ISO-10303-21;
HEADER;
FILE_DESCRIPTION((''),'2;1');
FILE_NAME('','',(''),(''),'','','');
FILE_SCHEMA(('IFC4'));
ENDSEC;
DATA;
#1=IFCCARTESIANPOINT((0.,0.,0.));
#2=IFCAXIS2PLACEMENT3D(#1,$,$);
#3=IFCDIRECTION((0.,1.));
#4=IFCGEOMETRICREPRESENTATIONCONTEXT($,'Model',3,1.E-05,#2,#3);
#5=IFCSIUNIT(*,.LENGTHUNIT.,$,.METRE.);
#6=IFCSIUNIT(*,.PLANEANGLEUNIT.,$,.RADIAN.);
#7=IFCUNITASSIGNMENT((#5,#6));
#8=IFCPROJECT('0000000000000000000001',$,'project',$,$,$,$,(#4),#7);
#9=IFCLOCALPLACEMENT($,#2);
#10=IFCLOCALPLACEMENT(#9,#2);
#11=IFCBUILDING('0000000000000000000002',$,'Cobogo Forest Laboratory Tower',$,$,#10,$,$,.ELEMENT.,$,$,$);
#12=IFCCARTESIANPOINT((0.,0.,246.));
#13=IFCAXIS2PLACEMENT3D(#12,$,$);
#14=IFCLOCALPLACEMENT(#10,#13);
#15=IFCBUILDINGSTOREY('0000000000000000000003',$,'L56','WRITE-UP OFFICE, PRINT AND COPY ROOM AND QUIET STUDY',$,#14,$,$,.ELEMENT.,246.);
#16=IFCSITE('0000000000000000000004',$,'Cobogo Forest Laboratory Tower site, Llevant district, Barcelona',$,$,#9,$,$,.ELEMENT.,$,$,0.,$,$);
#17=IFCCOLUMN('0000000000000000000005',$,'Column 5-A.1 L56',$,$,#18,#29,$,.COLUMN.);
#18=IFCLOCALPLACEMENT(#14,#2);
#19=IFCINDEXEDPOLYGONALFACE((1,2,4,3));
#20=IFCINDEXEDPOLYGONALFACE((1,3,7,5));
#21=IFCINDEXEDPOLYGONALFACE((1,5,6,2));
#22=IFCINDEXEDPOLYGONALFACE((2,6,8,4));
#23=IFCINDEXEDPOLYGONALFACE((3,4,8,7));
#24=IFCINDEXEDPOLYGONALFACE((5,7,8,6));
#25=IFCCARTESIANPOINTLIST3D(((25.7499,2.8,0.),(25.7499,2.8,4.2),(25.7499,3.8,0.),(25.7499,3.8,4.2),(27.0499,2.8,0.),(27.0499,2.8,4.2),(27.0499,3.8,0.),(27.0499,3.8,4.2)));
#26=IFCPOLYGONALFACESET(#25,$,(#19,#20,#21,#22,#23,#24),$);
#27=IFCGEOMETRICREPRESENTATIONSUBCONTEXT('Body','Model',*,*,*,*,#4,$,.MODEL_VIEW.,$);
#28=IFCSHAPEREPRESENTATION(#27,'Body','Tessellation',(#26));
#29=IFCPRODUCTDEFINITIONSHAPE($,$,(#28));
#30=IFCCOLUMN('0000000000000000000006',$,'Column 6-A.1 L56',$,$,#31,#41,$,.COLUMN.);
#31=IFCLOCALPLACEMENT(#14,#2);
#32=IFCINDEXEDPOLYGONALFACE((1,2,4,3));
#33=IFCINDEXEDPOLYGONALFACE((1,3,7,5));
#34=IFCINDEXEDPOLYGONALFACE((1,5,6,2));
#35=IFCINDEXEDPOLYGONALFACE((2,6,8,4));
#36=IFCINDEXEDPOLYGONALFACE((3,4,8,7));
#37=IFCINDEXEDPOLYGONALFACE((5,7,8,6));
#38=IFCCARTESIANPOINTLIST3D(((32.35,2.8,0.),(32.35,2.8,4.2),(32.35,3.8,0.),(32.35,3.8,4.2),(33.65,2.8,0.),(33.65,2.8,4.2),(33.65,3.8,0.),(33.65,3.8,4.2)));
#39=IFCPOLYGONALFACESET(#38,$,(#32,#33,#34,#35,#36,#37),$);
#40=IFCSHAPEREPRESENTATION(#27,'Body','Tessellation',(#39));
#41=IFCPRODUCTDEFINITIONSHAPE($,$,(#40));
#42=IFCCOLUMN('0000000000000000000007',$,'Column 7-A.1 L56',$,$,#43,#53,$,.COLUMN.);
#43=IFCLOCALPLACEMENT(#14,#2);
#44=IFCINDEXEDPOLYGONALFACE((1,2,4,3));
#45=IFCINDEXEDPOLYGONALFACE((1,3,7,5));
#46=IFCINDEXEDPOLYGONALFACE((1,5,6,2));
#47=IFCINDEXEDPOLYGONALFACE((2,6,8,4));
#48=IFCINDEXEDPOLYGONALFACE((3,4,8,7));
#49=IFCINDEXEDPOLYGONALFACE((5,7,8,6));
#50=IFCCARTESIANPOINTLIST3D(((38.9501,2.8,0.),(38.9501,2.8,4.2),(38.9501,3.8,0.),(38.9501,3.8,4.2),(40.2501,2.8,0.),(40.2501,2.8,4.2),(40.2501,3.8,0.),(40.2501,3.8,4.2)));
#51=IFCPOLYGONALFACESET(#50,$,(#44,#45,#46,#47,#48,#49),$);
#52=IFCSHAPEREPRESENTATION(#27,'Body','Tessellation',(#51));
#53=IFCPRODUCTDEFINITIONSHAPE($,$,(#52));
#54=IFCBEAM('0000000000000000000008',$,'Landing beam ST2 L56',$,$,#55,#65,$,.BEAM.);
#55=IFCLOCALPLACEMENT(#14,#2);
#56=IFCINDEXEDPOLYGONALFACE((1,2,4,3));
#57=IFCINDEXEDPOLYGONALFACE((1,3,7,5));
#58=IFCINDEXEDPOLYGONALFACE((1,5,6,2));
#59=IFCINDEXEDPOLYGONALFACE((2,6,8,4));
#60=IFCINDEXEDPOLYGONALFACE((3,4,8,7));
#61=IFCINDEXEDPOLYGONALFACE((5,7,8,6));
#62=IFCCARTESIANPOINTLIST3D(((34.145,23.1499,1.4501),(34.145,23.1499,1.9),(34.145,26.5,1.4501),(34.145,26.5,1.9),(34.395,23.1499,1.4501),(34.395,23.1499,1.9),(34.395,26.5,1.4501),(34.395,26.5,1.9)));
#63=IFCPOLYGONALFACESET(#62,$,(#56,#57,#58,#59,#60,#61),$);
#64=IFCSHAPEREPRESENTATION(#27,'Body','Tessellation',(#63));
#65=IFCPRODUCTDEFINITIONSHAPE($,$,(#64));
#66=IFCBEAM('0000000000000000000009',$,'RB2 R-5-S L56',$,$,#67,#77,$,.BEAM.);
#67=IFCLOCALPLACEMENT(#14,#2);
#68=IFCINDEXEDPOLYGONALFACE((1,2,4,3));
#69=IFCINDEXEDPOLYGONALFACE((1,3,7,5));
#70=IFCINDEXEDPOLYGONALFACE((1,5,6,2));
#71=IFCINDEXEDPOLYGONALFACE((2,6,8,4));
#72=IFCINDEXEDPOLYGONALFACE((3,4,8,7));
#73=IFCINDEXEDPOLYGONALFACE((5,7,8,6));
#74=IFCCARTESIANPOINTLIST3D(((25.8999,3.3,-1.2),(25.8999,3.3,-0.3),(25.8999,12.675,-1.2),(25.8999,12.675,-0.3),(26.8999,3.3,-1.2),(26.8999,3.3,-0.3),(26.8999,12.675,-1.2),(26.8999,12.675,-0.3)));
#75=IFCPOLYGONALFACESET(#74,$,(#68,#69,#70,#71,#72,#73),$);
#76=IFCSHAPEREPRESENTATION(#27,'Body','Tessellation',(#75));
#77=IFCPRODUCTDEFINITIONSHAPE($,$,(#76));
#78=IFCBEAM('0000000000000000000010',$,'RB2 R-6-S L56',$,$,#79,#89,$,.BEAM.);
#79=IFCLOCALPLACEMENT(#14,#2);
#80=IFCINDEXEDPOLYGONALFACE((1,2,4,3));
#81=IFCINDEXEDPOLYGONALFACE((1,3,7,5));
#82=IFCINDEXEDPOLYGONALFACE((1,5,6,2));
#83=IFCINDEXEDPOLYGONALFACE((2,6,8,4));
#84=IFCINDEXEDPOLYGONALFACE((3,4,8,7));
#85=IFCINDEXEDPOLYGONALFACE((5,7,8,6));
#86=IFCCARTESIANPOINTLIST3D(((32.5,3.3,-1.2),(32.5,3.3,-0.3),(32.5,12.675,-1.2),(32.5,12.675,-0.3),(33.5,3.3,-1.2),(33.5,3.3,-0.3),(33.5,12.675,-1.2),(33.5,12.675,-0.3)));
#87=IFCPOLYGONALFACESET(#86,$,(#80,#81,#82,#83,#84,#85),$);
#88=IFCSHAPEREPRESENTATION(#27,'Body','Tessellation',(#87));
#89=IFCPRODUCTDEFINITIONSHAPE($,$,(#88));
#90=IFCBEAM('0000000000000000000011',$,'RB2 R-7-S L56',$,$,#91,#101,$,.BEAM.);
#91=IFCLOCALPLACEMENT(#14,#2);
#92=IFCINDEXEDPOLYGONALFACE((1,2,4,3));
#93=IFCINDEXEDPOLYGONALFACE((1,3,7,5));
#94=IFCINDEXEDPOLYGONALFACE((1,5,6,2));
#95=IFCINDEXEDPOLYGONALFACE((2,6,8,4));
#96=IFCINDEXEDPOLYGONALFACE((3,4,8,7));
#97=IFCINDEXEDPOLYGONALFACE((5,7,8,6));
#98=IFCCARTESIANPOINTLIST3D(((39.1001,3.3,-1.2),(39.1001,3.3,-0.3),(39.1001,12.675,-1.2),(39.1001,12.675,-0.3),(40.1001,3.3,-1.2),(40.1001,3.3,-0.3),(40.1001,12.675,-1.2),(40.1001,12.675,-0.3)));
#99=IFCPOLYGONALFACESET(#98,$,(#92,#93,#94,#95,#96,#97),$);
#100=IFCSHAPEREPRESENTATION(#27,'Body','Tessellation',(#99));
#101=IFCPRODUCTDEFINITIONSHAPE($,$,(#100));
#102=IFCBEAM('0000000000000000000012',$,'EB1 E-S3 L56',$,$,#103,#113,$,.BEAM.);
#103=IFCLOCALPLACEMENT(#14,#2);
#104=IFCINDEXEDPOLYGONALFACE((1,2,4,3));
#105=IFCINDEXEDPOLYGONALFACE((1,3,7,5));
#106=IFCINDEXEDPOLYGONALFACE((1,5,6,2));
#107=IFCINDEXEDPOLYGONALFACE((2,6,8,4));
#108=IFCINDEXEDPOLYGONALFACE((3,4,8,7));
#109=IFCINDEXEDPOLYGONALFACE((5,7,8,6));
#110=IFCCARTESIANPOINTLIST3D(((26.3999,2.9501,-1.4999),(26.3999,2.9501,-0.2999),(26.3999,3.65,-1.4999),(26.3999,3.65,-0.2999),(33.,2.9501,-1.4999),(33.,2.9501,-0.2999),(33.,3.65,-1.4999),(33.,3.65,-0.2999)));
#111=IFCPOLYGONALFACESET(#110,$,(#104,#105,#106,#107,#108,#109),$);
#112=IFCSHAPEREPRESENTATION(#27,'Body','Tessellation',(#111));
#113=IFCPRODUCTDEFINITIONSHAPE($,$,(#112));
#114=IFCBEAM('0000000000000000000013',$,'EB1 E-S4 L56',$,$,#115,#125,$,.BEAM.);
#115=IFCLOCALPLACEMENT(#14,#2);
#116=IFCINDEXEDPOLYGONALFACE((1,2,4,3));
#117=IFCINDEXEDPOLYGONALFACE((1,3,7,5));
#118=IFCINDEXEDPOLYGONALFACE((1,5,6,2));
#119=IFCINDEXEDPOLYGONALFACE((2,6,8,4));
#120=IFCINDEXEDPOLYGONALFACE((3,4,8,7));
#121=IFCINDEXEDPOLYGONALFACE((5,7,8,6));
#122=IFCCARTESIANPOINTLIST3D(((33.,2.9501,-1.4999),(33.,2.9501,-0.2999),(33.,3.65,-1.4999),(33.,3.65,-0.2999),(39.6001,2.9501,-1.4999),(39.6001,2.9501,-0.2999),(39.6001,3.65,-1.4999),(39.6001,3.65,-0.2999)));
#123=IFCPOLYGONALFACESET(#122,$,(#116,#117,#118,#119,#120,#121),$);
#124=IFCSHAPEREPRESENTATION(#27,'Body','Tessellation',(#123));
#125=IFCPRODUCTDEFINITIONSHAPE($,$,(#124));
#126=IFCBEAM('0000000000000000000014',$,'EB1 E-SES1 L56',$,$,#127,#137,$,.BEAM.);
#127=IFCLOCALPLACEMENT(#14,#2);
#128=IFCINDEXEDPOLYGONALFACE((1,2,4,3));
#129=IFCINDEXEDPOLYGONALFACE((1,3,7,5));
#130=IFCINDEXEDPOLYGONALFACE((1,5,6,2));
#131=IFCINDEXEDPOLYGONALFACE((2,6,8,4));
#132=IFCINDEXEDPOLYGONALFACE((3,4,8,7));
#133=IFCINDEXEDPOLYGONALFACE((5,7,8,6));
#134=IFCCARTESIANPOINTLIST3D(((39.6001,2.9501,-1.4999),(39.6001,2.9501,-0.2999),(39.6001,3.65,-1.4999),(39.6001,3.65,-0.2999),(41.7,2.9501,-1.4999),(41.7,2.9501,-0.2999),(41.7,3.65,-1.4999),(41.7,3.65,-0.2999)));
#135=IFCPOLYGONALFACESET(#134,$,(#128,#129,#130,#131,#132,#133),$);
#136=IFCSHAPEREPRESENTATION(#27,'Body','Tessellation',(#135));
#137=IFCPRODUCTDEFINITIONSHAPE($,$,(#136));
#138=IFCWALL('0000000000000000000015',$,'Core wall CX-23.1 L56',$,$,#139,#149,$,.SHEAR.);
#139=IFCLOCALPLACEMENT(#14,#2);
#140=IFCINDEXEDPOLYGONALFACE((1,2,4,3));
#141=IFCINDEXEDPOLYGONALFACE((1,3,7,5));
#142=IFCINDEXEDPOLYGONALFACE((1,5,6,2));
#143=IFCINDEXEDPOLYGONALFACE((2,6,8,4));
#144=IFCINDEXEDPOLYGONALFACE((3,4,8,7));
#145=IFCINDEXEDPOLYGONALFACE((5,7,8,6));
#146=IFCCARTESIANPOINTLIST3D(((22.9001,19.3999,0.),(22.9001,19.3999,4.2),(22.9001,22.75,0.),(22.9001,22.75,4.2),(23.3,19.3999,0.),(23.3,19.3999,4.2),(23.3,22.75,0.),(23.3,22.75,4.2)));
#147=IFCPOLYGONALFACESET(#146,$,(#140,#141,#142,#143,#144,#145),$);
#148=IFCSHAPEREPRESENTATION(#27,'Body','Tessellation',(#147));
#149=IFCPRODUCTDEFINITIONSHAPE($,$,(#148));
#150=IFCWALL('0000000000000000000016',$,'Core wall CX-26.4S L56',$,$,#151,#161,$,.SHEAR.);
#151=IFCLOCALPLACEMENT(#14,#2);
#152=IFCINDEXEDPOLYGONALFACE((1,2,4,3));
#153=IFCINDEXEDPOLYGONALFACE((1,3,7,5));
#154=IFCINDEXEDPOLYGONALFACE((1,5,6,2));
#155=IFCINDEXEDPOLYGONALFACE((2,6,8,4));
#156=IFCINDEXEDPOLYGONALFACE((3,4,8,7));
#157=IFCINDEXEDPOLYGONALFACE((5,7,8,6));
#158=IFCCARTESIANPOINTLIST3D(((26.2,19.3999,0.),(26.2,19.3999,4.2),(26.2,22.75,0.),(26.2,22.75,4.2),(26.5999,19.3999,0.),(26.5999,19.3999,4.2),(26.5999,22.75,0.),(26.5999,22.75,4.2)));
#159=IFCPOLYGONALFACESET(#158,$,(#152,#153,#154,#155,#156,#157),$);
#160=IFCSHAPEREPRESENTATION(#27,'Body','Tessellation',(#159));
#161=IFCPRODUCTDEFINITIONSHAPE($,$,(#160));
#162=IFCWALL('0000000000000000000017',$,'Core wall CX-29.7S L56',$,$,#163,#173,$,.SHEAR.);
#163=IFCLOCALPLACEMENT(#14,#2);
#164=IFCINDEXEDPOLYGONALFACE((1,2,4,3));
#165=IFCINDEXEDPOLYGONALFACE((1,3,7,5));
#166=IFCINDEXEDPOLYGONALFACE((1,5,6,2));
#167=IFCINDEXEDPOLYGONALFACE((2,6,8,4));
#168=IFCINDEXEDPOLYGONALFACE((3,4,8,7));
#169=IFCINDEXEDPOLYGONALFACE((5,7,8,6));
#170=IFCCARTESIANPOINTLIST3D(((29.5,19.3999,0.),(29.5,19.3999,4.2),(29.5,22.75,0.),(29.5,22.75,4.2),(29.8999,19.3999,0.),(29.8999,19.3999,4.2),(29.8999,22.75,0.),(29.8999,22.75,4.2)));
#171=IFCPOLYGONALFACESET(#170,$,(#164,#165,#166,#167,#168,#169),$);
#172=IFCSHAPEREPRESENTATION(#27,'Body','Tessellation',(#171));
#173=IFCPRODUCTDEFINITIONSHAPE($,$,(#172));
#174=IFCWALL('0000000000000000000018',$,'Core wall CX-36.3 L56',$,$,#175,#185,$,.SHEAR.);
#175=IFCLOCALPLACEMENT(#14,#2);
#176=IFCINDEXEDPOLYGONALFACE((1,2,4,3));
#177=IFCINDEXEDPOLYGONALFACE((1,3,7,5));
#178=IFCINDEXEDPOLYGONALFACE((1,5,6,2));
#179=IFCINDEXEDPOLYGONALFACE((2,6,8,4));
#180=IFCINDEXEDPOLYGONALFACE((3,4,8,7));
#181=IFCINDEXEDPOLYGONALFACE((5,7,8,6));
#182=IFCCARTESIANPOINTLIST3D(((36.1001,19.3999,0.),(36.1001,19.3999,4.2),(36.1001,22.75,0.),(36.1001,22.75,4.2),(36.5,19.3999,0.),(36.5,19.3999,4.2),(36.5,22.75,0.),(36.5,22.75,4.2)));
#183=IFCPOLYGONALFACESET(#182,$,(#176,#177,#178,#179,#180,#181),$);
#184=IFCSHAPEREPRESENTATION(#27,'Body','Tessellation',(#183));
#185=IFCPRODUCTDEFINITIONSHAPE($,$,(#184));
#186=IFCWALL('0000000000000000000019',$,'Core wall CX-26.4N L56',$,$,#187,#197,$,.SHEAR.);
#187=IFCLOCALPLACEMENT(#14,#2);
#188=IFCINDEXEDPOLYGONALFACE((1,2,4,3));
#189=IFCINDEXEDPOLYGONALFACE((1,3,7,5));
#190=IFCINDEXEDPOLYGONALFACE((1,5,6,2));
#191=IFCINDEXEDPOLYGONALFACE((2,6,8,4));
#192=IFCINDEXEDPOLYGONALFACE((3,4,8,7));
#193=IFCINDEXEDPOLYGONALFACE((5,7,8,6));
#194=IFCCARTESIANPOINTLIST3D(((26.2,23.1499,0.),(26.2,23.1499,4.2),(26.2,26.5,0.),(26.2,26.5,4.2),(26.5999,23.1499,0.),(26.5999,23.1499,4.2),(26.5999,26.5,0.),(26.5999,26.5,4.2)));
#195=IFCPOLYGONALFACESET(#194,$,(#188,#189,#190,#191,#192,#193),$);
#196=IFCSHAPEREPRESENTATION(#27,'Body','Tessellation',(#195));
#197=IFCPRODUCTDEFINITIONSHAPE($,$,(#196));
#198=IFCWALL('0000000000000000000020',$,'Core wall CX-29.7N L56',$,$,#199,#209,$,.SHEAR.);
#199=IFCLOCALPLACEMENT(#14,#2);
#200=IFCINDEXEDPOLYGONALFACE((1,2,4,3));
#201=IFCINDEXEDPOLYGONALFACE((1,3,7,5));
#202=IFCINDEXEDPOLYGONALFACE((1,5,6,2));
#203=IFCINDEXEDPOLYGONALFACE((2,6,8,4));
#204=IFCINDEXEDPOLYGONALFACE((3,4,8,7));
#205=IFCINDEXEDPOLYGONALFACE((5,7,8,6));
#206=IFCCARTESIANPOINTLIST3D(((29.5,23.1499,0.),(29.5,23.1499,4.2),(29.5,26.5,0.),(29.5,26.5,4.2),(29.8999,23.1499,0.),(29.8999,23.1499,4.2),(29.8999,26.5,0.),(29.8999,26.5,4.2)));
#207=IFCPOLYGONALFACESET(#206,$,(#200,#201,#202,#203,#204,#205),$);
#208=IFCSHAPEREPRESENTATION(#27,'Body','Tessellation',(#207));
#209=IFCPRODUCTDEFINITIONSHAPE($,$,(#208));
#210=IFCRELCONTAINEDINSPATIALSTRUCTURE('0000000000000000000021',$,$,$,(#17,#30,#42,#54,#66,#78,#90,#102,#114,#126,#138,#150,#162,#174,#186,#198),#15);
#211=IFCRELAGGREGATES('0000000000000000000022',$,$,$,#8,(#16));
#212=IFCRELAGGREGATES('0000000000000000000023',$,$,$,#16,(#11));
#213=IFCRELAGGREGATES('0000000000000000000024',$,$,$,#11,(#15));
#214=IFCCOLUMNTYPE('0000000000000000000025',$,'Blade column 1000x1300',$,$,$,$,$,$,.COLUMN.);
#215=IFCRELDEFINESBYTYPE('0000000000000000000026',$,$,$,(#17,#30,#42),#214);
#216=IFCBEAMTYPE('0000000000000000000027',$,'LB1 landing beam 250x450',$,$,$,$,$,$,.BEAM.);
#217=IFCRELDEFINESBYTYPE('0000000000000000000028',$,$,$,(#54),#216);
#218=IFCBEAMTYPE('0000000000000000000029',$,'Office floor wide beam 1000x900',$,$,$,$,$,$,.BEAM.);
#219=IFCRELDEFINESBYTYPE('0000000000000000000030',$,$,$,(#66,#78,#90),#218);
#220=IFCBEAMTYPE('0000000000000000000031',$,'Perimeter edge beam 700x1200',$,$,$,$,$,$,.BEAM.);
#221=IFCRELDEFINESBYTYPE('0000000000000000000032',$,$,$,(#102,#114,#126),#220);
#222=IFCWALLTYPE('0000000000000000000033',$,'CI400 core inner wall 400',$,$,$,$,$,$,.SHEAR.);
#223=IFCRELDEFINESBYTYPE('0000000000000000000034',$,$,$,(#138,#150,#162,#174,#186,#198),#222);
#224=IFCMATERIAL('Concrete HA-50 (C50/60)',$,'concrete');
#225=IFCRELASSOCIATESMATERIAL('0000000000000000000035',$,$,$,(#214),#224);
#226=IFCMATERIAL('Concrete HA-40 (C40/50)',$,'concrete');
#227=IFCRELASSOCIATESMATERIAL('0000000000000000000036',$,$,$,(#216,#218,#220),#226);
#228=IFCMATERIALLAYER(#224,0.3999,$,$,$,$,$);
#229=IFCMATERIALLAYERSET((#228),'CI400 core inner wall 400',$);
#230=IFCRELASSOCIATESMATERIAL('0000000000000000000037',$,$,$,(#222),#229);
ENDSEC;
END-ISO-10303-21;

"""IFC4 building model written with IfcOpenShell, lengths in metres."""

from ifc_helpers import new_model, si_unit, direction, frame, frame_2d, origin, origin_2d, place, context, subcontext, project, spatial, rectangle, extrude, material, layer, layer_set, material_profile, profile_set, type_object, element, save


model = new_model("IFC4")

# Units and contexts
model_context = context("Model", 3, precision=1e-05, world=origin(), true_north=direction((0.0, 1.0)))
body_context = subcontext(model_context, "Body", "Model", "MODEL_VIEW")
ifc_project = project(units=[si_unit("LENGTHUNIT", "METRE"), si_unit("PLANEANGLEUNIT", "RADIAN")], contexts=[model_context])

# Site, building, storey
site_placement = place(None, origin())
site = spatial("IfcSite", under=ifc_project, at=site_placement, Name="Cobogo Forest Laboratory Tower site, Llevant district, Barcelona", CompositionType="ELEMENT", RefElevation=0.0)
building_placement = place(site_placement, origin())
building = spatial("IfcBuilding", under=site, at=building_placement, Name="Cobogo Forest Laboratory Tower", CompositionType="ELEMENT")
storey_placement = place(building_placement, frame((0.0, 0.0, 246.0)))
storey = spatial("IfcBuildingStorey", under=building, at=storey_placement, Name="L56", Description="WRITE-UP OFFICE, PRINT AND COPY ROOM AND QUIET STUDY", CompositionType="ELEMENT", Elevation=246.0)

# Columns
ifc_material_1 = material(Name="Concrete HA-50 (C50/60)", Category="concrete")
ifc_material_profile_1 = material_profile(ifc_material_1, rectangle(XDim=1.3, YDim=1.0, at=origin_2d()), Name="RC 1000x1300")
ifc_profile_set_1 = profile_set([ifc_material_profile_1], Name="Concrete HA-50 (C50/60)")
column_type = type_object("IfcColumnType", Name="Blade column 1000x1300", PredefinedType="COLUMN", material=ifc_profile_set_1)
for number, where, z_axis, x_axis, name in (
    (1, (26.3999, 3.3, 0.0), (0.0, 0.0, 1.0), (1.0, 0.0, 0.0), "Column 5-A.1 L56"),
    (2, (33.0, 3.3, 0.0), (0.0, 0.0, 1.0), (1.0, 0.0, 0.0), "Column 6-A.1 L56"),
    (3, (39.6001, 3.3, 0.0), (0.0, 0.0, 1.0), (1.0, 0.0, 0.0), "Column 7-A.1 L56"),
):
    element("IfcColumn", number, at=place(storey_placement, frame(where, z_axis=z_axis, x_axis=x_axis)), inside=storey, type_object=column_type, Name=name, PredefinedType="COLUMN", context=body_context, shape_type="SweptSolid", body=[
        extrude(rectangle(XDim=1.3, YDim=1.0, at=origin_2d()), origin(), (0.0, 0.0, 1.0), 4.2),
    ])

# Beams
ifc_material_2 = material(Name="Concrete HA-40 (C40/50)", Category="concrete")
ifc_material_profile_2 = material_profile(ifc_material_2, rectangle(XDim=0.25, YDim=0.45, at=origin_2d()), Name="RC 250x450")
ifc_profile_set_2 = profile_set([ifc_material_profile_2], Name="Concrete HA-40 (C40/50)")
beam_type_1 = type_object("IfcBeamType", Name="LB1 landing beam 250x450", PredefinedType="BEAM", material=ifc_profile_set_2)
beam_1_placement = place(storey_placement, frame((34.27, 23.1499, 1.675), z_axis=(0.0, 1.0, 0.0), x_axis=(-1.0, 0.0, 0.0)))
element("IfcBeam", 4, at=beam_1_placement, inside=storey, type_object=beam_type_1, Name="Landing beam ST2 L56", PredefinedType="BEAM", context=body_context, shape_type="SweptSolid", body=[
    extrude(rectangle(XDim=0.25, YDim=0.45, at=origin_2d()), origin(), (0.0, 0.0, 1.0), 3.3501),
])
ifc_material_profile_3 = material_profile(ifc_material_2, rectangle(XDim=1.0, YDim=0.8999, at=origin_2d()), Name="RC 1000x900")
ifc_profile_set_3 = profile_set([ifc_material_profile_3], Name="Concrete HA-40 (C40/50)")
beam_type_2 = type_object("IfcBeamType", Name="Office floor wide beam 1000x900", PredefinedType="BEAM", material=ifc_profile_set_3)
for number, where, z_axis, x_axis, name in (
    (5, (26.3999, 12.675, -0.75), (0.0, -1.0, 0.0), (1.0, 0.0, 0.0), "RB2 R-5-S L56"),
    (6, (33.0, 12.675, -0.75), (0.0, -1.0, 0.0), (1.0, 0.0, 0.0), "RB2 R-6-S L56"),
    (7, (39.6001, 12.675, -0.75), (0.0, -1.0, 0.0), (1.0, 0.0, 0.0), "RB2 R-7-S L56"),
):
    element("IfcBeam", number, at=place(storey_placement, frame(where, z_axis=z_axis, x_axis=x_axis)), inside=storey, type_object=beam_type_2, Name=name, PredefinedType="BEAM", context=body_context, shape_type="SweptSolid", body=[
        extrude(rectangle(XDim=1.0, YDim=0.8999, at=origin_2d()), origin(), (0.0, 0.0, 1.0), 9.375),
    ])
ifc_material_profile_4 = material_profile(ifc_material_2, rectangle(XDim=0.7, YDim=1.2, at=origin_2d()), Name="RC 700x1200")
ifc_profile_set_4 = profile_set([ifc_material_profile_4], Name="Concrete HA-40 (C40/50)")
beam_type_3 = type_object("IfcBeamType", Name="Perimeter edge beam 700x1200", PredefinedType="BEAM", material=ifc_profile_set_4)
for number, where, z_axis, x_axis, name in (
    (8, (26.3999, 3.3, -0.8999), (1.0, 0.0, 0.0), (0.0, 1.0, 0.0), "EB1 E-S3 L56"),
    (9, (33.0, 3.3, -0.8999), (1.0, 0.0, 0.0), (0.0, 1.0, 0.0), "EB1 E-S4 L56"),
):
    element("IfcBeam", number, at=place(storey_placement, frame(where, z_axis=z_axis, x_axis=x_axis)), inside=storey, type_object=beam_type_3, Name=name, PredefinedType="BEAM", context=body_context, shape_type="SweptSolid", body=[
        extrude(rectangle(XDim=0.7, YDim=1.2, at=origin_2d()), origin(), (0.0, 0.0, 1.0), 6.6001),
    ])
beam_2_placement = place(storey_placement, frame((39.6001, 3.3, -0.8999), z_axis=(1.0, 0.0, 0.0), x_axis=(0.0, 1.0, 0.0)))
element("IfcBeam", 10, at=beam_2_placement, inside=storey, type_object=beam_type_3, Name="EB1 E-SES1 L56", PredefinedType="BEAM", context=body_context, shape_type="SweptSolid", body=[
    extrude(rectangle(XDim=0.7, YDim=1.2, at=origin_2d()), origin(), (0.0, 0.0, 1.0), 2.0999),
])

# Walls
ifc_layer_1 = layer(ifc_material_1, 0.3999)
ifc_layer_set_1 = layer_set([ifc_layer_1], Name="CI400 core inner wall 400")
wall_type_1 = type_object("IfcWallType", Name="CI400 core inner wall 400", PredefinedType="SHEAR", material=ifc_layer_set_1)
for number, where, z_axis, x_axis, name in (
    (11, (23.1001, 19.3999, 0.0), (0.0, 0.0, 1.0), (0.0, 1.0, 0.0), "Core wall CX-23.1 L56"),
    (12, (26.3999, 19.3999, 0.0), (0.0, 0.0, 1.0), (0.0, 1.0, 0.0), "Core wall CX-26.4S L56"),
    (13, (29.7, 19.3999, 0.0), (0.0, 0.0, 1.0), (0.0, 1.0, 0.0), "Core wall CX-29.7S L56"),
    (14, (36.3, 19.3999, 0.0), (0.0, 0.0, 1.0), (0.0, 1.0, 0.0), "Core wall CX-36.3 L56"),
    (15, (26.3999, 23.1499, 0.0), (0.0, 0.0, 1.0), (0.0, 1.0, 0.0), "Core wall CX-26.4N L56"),
    (16, (29.7, 23.1499, 0.0), (0.0, 0.0, 1.0), (0.0, 1.0, 0.0), "Core wall CX-29.7N L56"),
):
    element("IfcWall", number, at=place(storey_placement, frame(where, z_axis=z_axis, x_axis=x_axis)), inside=storey, type_object=wall_type_1, Name=name, PredefinedType="SHEAR", context=body_context, shape_type="SweptSolid", body=[
        extrude(rectangle(XDim=3.3501, YDim=0.3999, at=frame_2d((1.675, 0.0))), origin(), (0.0, 0.0, 1.0), 4.2),
    ])

save(model, "model.ifc")
